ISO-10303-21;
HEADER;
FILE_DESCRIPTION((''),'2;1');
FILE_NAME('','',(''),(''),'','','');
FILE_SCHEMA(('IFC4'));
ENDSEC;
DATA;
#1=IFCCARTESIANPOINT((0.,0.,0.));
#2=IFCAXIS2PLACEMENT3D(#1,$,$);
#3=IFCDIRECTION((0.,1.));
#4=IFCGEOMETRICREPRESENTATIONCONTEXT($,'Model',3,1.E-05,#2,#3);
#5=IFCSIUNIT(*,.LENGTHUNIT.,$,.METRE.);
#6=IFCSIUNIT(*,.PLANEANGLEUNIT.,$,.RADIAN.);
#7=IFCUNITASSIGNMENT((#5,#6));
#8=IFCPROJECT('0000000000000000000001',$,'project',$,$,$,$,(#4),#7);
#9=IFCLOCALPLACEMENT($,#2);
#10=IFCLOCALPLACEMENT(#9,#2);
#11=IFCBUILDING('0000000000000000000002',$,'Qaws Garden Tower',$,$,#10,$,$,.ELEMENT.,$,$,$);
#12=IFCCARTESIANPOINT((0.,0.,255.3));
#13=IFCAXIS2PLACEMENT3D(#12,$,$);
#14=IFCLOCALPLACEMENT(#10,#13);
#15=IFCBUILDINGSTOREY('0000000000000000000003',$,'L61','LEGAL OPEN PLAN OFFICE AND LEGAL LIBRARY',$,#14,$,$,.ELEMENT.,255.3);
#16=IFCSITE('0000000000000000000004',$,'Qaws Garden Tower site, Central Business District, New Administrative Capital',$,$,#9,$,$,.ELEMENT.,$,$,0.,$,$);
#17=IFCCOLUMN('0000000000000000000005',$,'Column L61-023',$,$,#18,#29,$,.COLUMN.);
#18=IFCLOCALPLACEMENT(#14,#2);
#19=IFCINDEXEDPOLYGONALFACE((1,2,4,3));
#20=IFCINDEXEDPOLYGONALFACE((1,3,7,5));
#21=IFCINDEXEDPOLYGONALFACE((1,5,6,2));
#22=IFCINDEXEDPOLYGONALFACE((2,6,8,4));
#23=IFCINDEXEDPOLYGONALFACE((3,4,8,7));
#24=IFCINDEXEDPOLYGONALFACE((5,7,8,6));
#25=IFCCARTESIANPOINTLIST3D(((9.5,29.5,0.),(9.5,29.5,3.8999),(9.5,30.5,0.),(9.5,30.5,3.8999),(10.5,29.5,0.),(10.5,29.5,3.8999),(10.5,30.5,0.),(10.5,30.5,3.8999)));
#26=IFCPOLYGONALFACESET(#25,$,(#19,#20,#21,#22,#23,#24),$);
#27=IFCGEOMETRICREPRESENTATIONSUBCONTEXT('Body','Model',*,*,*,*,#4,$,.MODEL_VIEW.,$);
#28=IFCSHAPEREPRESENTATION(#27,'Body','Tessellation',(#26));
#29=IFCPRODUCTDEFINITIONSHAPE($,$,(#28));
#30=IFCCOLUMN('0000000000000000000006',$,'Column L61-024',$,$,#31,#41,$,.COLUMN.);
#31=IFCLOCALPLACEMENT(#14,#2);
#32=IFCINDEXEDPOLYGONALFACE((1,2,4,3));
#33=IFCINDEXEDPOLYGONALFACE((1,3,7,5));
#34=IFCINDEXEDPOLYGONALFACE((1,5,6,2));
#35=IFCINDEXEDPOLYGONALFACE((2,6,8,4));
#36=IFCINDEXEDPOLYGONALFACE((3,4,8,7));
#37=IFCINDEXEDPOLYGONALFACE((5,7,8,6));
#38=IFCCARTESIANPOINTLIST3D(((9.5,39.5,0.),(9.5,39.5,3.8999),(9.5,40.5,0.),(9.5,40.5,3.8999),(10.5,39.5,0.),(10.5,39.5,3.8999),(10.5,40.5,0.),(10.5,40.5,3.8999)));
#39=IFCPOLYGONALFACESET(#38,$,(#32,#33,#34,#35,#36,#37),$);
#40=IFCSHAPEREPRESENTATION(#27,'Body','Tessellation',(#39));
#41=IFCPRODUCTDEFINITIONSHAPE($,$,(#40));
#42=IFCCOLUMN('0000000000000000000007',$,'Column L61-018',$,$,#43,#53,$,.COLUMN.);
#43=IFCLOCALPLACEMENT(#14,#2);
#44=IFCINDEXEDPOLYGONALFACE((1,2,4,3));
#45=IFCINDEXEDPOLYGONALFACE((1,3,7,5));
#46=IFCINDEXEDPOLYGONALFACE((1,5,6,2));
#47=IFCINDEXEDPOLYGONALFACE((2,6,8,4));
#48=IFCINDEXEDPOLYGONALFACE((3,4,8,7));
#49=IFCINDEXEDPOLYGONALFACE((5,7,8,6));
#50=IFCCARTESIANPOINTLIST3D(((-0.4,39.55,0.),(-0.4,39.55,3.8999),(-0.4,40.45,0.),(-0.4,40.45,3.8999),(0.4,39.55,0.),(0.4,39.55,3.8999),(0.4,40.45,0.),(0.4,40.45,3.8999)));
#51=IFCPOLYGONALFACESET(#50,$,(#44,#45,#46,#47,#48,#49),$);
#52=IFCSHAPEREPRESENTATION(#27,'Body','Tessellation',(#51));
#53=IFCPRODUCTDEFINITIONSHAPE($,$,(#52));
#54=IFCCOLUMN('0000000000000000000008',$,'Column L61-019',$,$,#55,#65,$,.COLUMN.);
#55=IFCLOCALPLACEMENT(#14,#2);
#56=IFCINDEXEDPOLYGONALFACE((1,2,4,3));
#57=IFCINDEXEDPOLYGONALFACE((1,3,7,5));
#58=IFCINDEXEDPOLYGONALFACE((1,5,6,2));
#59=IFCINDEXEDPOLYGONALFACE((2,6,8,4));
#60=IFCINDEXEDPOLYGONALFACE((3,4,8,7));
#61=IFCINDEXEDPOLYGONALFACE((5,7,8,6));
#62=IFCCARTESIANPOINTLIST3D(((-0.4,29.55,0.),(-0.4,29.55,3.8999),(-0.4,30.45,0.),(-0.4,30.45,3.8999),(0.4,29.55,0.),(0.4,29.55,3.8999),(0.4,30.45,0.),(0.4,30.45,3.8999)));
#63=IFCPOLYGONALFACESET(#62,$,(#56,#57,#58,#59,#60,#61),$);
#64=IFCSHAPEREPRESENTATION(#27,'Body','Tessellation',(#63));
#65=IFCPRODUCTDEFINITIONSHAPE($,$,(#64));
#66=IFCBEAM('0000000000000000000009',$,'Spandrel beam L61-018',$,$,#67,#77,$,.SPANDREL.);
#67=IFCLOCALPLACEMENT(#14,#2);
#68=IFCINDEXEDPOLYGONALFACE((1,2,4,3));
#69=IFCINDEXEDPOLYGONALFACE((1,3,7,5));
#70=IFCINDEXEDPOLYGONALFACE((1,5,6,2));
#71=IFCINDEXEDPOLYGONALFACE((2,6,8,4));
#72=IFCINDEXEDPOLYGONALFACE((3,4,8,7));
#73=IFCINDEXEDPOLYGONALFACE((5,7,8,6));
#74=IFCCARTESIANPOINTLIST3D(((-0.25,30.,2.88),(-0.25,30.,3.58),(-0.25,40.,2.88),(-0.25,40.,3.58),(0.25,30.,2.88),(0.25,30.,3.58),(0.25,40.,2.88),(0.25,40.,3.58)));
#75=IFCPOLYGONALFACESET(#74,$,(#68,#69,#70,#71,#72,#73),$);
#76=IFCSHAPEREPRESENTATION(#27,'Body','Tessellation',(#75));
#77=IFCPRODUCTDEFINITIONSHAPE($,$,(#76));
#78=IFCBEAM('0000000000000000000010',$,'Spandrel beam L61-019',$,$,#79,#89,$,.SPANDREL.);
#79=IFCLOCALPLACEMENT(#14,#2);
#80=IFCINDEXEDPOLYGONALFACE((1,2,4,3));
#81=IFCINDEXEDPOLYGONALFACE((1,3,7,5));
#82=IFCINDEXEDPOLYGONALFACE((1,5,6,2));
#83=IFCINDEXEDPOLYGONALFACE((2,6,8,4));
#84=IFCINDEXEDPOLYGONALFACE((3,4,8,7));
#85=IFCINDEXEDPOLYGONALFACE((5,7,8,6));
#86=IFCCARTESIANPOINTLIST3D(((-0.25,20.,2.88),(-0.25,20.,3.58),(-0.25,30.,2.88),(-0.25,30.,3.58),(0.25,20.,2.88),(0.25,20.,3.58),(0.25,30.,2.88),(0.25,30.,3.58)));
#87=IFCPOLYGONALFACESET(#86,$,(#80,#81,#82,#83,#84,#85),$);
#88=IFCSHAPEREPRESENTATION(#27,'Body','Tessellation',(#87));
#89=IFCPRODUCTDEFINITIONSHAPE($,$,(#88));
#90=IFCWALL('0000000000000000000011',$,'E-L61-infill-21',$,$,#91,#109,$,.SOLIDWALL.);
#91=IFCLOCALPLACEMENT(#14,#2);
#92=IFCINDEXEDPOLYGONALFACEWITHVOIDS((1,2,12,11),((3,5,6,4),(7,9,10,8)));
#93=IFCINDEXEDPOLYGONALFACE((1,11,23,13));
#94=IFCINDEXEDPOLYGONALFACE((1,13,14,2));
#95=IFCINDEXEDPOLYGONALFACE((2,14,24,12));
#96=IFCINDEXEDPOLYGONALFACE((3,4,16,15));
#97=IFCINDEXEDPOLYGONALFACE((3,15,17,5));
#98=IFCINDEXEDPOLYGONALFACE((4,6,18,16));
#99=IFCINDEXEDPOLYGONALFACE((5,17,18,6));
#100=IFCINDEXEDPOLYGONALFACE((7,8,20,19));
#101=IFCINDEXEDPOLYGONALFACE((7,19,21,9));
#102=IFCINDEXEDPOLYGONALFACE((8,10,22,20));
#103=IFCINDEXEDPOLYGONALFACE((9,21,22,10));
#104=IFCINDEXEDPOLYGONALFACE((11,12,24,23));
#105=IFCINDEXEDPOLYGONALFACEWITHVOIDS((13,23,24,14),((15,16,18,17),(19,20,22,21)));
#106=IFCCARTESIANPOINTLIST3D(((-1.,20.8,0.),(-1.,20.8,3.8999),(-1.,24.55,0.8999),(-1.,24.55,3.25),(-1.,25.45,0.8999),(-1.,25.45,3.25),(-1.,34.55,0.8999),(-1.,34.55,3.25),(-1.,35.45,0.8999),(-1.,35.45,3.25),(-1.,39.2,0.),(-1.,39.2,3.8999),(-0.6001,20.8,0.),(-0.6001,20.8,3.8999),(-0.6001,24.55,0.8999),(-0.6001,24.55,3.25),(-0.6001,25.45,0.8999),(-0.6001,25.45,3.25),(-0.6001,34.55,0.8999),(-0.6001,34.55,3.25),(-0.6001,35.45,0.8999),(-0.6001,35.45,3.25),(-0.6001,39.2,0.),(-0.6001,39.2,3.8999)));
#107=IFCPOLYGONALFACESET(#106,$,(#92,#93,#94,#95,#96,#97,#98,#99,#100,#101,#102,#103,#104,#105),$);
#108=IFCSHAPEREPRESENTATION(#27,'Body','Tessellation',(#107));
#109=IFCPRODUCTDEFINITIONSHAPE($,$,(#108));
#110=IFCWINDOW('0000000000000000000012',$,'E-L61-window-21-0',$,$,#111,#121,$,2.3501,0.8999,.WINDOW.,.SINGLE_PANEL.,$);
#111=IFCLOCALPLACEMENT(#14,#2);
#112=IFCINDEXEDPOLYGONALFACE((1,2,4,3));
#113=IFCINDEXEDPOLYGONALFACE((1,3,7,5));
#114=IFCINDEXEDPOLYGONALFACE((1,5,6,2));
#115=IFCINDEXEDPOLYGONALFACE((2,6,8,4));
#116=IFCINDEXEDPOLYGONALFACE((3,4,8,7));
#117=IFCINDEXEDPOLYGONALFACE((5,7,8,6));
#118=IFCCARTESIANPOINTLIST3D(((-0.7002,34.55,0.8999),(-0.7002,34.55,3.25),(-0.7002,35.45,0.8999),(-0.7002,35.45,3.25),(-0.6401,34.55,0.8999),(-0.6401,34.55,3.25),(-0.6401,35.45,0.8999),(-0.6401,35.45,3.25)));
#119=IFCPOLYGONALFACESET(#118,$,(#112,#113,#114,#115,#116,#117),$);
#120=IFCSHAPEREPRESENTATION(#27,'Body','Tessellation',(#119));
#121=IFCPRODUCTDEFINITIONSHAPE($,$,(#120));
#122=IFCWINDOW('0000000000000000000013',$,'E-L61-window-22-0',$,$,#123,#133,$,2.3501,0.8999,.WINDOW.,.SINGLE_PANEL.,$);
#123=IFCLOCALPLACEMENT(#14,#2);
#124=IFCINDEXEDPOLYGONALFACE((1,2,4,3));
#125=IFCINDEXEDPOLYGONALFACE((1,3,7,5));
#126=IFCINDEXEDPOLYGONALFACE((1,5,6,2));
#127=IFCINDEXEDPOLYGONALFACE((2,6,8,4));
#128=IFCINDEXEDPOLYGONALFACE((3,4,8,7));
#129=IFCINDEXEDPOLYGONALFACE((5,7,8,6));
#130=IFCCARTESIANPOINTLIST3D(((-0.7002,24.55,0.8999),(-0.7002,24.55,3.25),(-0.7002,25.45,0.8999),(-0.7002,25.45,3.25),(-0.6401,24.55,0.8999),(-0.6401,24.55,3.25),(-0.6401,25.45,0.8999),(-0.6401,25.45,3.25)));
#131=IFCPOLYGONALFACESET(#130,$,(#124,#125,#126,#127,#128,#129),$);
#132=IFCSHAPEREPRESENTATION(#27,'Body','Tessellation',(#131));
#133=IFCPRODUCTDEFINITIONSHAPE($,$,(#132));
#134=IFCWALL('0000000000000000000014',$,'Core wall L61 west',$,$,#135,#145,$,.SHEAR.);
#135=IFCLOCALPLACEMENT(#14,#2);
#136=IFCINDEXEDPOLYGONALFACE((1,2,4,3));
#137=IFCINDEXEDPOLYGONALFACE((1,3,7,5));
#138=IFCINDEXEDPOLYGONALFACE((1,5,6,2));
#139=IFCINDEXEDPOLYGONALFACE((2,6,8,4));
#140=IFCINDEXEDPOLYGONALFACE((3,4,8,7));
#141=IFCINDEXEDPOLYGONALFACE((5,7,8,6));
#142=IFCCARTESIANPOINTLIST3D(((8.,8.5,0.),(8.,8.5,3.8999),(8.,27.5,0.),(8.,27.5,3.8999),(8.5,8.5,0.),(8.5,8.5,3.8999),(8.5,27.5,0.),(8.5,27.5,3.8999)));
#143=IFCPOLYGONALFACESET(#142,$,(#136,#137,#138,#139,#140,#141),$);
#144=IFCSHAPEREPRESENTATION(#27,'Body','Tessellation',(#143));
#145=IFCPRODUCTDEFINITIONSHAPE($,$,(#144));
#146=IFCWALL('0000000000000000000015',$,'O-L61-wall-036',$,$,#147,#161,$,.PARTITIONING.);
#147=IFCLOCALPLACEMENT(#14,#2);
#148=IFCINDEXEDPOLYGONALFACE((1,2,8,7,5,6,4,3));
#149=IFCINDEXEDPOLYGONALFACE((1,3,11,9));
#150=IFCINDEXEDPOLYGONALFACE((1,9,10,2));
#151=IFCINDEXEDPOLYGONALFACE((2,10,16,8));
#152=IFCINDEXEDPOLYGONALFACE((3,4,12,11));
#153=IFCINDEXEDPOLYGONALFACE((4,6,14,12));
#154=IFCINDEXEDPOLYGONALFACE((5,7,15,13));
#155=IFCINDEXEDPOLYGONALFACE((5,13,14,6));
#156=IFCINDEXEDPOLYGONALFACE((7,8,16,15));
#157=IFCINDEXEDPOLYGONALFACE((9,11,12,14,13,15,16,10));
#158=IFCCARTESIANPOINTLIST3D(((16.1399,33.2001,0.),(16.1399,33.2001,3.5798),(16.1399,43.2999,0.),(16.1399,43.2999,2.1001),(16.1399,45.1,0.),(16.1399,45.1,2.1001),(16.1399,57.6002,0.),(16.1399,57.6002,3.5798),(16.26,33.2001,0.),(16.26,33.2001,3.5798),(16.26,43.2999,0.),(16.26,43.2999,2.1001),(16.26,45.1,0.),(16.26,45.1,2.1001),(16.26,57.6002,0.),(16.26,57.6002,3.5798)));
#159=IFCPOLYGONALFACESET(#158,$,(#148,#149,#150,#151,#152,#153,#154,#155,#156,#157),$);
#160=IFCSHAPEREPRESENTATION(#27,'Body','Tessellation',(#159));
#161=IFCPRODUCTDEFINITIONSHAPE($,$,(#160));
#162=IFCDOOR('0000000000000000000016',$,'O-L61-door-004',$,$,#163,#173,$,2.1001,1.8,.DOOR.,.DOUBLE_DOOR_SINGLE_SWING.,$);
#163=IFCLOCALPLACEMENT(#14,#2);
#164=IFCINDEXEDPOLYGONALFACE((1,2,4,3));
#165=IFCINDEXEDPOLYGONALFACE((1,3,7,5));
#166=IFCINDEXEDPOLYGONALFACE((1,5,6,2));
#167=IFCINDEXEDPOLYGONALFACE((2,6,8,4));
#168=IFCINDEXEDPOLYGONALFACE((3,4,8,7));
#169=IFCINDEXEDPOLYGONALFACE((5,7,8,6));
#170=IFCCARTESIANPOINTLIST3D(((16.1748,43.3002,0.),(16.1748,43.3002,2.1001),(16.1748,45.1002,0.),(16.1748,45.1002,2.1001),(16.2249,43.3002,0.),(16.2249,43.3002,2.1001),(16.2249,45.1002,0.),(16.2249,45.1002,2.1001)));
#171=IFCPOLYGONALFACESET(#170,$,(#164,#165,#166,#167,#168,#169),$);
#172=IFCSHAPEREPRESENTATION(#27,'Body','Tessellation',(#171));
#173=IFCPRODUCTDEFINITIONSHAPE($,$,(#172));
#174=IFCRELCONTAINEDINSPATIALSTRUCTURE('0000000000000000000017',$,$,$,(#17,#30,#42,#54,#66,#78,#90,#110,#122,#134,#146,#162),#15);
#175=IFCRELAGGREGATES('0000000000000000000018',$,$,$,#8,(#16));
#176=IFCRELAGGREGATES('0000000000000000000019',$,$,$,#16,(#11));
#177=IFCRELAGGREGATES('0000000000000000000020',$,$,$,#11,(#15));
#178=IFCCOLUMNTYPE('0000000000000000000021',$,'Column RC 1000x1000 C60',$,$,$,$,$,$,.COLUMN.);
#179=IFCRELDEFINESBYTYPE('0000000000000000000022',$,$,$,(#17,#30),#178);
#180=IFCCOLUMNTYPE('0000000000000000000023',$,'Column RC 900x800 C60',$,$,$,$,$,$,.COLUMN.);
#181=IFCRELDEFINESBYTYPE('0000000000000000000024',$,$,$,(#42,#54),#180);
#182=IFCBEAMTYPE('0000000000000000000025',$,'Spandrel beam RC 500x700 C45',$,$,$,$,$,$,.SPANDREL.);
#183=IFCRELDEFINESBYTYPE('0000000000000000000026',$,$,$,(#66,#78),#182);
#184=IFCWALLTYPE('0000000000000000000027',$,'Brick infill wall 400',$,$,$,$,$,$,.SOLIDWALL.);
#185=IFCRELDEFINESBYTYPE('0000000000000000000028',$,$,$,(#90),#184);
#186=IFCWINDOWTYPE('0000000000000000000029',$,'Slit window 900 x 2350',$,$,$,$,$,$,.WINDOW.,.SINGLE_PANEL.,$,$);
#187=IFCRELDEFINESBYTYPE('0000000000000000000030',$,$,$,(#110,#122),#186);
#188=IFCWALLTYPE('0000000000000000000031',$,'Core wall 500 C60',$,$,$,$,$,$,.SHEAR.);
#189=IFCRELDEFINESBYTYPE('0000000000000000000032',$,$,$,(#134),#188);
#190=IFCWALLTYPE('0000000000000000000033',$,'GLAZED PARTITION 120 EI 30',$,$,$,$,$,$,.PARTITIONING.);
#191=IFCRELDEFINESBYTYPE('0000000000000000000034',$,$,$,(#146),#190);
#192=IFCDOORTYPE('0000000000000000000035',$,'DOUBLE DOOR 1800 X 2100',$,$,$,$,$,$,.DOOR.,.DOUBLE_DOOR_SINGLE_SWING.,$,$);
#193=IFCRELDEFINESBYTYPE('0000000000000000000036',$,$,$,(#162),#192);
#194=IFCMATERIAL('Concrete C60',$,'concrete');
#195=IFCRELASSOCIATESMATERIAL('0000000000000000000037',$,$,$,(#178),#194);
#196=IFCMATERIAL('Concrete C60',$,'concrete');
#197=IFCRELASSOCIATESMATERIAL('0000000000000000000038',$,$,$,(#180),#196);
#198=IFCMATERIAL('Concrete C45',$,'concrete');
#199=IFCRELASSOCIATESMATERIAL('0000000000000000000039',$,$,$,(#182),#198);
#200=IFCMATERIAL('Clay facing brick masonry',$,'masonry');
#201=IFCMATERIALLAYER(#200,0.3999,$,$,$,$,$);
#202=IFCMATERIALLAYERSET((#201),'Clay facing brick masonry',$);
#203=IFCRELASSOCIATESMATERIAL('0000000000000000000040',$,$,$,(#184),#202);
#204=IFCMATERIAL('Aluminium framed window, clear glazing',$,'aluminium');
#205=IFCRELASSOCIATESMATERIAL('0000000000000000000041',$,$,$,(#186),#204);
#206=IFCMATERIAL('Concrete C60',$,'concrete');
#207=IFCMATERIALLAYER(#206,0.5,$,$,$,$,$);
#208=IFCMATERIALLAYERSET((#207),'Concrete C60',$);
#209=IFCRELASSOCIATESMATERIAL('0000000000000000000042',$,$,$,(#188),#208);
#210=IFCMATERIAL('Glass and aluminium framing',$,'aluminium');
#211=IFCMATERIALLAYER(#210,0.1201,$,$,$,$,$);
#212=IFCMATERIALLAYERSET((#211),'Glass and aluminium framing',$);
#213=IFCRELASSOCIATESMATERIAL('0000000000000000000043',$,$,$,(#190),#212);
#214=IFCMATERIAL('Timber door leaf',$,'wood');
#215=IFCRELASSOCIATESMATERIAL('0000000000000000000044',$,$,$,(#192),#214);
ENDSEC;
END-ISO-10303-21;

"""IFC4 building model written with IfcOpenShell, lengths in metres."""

from ifc_helpers import new_model, si_unit, direction, frame, frame_2d, origin, origin_2d, place, context, subcontext, project, spatial, rectangle, extrude, material, layer, layer_set, material_profile, profile_set, type_object, element, fill, save


model = new_model("IFC4")

# Units and contexts
model_context = context("Model", 3, precision=1e-05, world=origin(), true_north=direction((0.0, 1.0)))
body_context = subcontext(model_context, "Body", "Model", "MODEL_VIEW")
ifc_project = project(units=[si_unit("LENGTHUNIT", "METRE"), si_unit("PLANEANGLEUNIT", "RADIAN")], contexts=[model_context])

# Site, building, storey
site_placement = place(None, origin())
site = spatial("IfcSite", under=ifc_project, at=site_placement, Name="Qaws Garden Tower site, Central Business District, New Administrative Capital", CompositionType="ELEMENT", RefElevation=0.0)
building_placement = place(site_placement, origin())
building = spatial("IfcBuilding", under=site, at=building_placement, Name="Qaws Garden Tower", CompositionType="ELEMENT")
storey_placement = place(building_placement, frame((0.0, 0.0, 255.3)))
storey = spatial("IfcBuildingStorey", under=building, at=storey_placement, Name="L61", Description="LEGAL OPEN PLAN OFFICE AND LEGAL LIBRARY", CompositionType="ELEMENT", Elevation=255.3)

# Columns
ifc_material_1 = material(Name="Concrete C60", Category="concrete")
ifc_material_profile_1 = material_profile(ifc_material_1, rectangle(XDim=1.0, YDim=1.0, at=origin_2d()), Name="RC 1000x1000")
ifc_profile_set_1 = profile_set([ifc_material_profile_1], Name="Concrete C60")
column_type_1 = type_object("IfcColumnType", Name="Column RC 1000x1000 C60", PredefinedType="COLUMN", material=ifc_profile_set_1)
for number, where, z_axis, x_axis, name in (
    (1, (10.0, 30.0, 0.0), (0.0, 0.0, 1.0), (1.0, 0.0, 0.0), "Column L61-023"),
    (2, (10.0, 40.0, 0.0), (0.0, 0.0, 1.0), (1.0, 0.0, 0.0), "Column L61-024"),
):
    element("IfcColumn", number, at=place(storey_placement, frame(where, z_axis=z_axis, x_axis=x_axis)), inside=storey, type_object=column_type_1, Name=name, PredefinedType="COLUMN", context=body_context, shape_type="SweptSolid", body=[
        extrude(rectangle(XDim=1.0, YDim=1.0, at=origin_2d()), origin(), (0.0, 0.0, 1.0), 3.8999),
    ])
ifc_material_2 = material(Name="Concrete C60", Category="concrete")
ifc_material_profile_2 = material_profile(ifc_material_2, rectangle(XDim=0.8999, YDim=0.8, at=origin_2d()), Name="RC 900x800")
ifc_profile_set_2 = profile_set([ifc_material_profile_2], Name="Concrete C60")
column_type_2 = type_object("IfcColumnType", Name="Column RC 900x800 C60", PredefinedType="COLUMN", material=ifc_profile_set_2)
for number, where, z_axis, x_axis, name in (
    (3, (0.0, 40.0, 0.0), (0.0, 0.0, 1.0), (0.0, 1.0, 0.0), "Column L61-018"),
    (4, (0.0, 30.0, 0.0), (0.0, 0.0, 1.0), (0.0, 1.0, 0.0), "Column L61-019"),
):
    element("IfcColumn", number, at=place(storey_placement, frame(where, z_axis=z_axis, x_axis=x_axis)), inside=storey, type_object=column_type_2, Name=name, PredefinedType="COLUMN", context=body_context, shape_type="SweptSolid", body=[
        extrude(rectangle(XDim=0.8999, YDim=0.8, at=origin_2d()), origin(), (0.0, 0.0, 1.0), 3.8999),
    ])

# Beams
ifc_material_3 = material(Name="Concrete C45", Category="concrete")
ifc_material_profile_3 = material_profile(ifc_material_3, rectangle(XDim=0.5, YDim=0.7, at=origin_2d()), Name="RC 500x700")
ifc_profile_set_3 = profile_set([ifc_material_profile_3], Name="Concrete C45")
beam_type = type_object("IfcBeamType", Name="Spandrel beam RC 500x700 C45", PredefinedType="SPANDREL", material=ifc_profile_set_3)
for number, where, z_axis, x_axis, name in (
    (5, (0.0, 40.0, 3.23), (0.0, -1.0, 0.0), (1.0, 0.0, 0.0), "Spandrel beam L61-018"),
    (6, (0.0, 30.0, 3.23), (0.0, -1.0, 0.0), (1.0, 0.0, 0.0), "Spandrel beam L61-019"),
):
    element("IfcBeam", number, at=place(storey_placement, frame(where, z_axis=z_axis, x_axis=x_axis)), inside=storey, type_object=beam_type, Name=name, PredefinedType="SPANDREL", context=body_context, shape_type="SweptSolid", body=[
        extrude(rectangle(XDim=0.5, YDim=0.7, at=origin_2d()), origin(), (0.0, 0.0, 1.0), 10.0),
    ])

# Wall, openings, windows
ifc_material_4 = material(Name="Clay facing brick masonry", Category="masonry")
ifc_layer_1 = layer(ifc_material_4, 0.3999)
ifc_layer_set_1 = layer_set([ifc_layer_1], Name="Clay facing brick masonry")
wall_type_1 = type_object("IfcWallType", Name="Brick infill wall 400", PredefinedType="SOLIDWALL", material=ifc_layer_set_1)
wall_1_placement = place(storey_placement, frame((-0.8, 39.2, 0.0), z_axis=(0.0, 0.0, 1.0), x_axis=(0.0, -1.0, 0.0)))
wall_1 = element("IfcWall", 7, at=wall_1_placement, inside=storey, type_object=wall_type_1, Name="E-L61-infill-21", PredefinedType="SOLIDWALL", context=body_context, shape_type="SweptSolid", body=[
    extrude(rectangle(XDim=18.3999, YDim=0.3999, at=frame_2d((9.2, 0.0))), origin(), (0.0, 0.0, 1.0), 3.8999),
])
opening_1_placement = place(wall_1_placement, frame((3.75, 0.0, 0.8999)))
opening_1 = element("IfcOpeningElement", 8, at=opening_1_placement, cuts=wall_1, PredefinedType="OPENING", context=body_context, shape_type="SweptSolid", body=[
    extrude(rectangle(XDim=0.8999, YDim=2.3501, at=frame_2d((0.45, 1.175))), frame((0.0, 0.21, 0.0), z_axis=(0.0, -1.0, 0.0), x_axis=(1.0, 0.0, 0.0)), (0.0, 0.0, 1.0), 0.4199),
])
opening_2_placement = place(wall_1_placement, frame((13.75, 0.0, 0.8999)))
opening_2 = element("IfcOpeningElement", 9, at=opening_2_placement, cuts=wall_1, PredefinedType="OPENING", context=body_context, shape_type="SweptSolid", body=[
    extrude(rectangle(XDim=0.8999, YDim=2.3501, at=frame_2d((0.45, 1.175))), frame((0.0, 0.21, 0.0), z_axis=(0.0, -1.0, 0.0), x_axis=(1.0, 0.0, 0.0)), (0.0, 0.0, 1.0), 0.4199),
])
ifc_material_5 = material(Name="Aluminium framed window, clear glazing", Category="aluminium")
window_type = type_object("IfcWindowType", Name="Slit window 900 x 2350", PartitioningType="SINGLE_PANEL", PredefinedType="WINDOW", material=ifc_material_5)
window_1_placement = place(opening_1_placement, origin())
window_1 = element("IfcWindow", 10, at=window_1_placement, inside=storey, type_object=window_type, Name="E-L61-window-21-0", OverallHeight=2.3501, OverallWidth=0.8999, PartitioningType="SINGLE_PANEL", PredefinedType="WINDOW", context=body_context, shape_type="SweptSolid", body=[
    extrude(rectangle(XDim=0.8999, YDim=2.3501, at=frame_2d((0.45, 1.175))), frame((0.0, 0.1599, 0.0), z_axis=(0.0, -1.0, 0.0), x_axis=(1.0, 0.0, 0.0)), (0.0, 0.0, 1.0), 0.0601),
])
fill(opening_1, window_1)
window_2_placement = place(opening_2_placement, origin())
window_2 = element("IfcWindow", 11, at=window_2_placement, inside=storey, type_object=window_type, Name="E-L61-window-22-0", OverallHeight=2.3501, OverallWidth=0.8999, PartitioningType="SINGLE_PANEL", PredefinedType="WINDOW", context=body_context, shape_type="SweptSolid", body=[
    extrude(rectangle(XDim=0.8999, YDim=2.3501, at=frame_2d((0.45, 1.175))), frame((0.0, 0.1599, 0.0), z_axis=(0.0, -1.0, 0.0), x_axis=(1.0, 0.0, 0.0)), (0.0, 0.0, 1.0), 0.0601),
])
fill(opening_2, window_2)

# Wall
ifc_material_6 = material(Name="Concrete C60", Category="concrete")
ifc_layer_2 = layer(ifc_material_6, 0.5)
ifc_layer_set_2 = layer_set([ifc_layer_2], Name="Concrete C60")
wall_type_2 = type_object("IfcWallType", Name="Core wall 500 C60", PredefinedType="SHEAR", material=ifc_layer_set_2)
wall_2_placement = place(storey_placement, frame((8.25, 27.5, 0.0), z_axis=(0.0, 0.0, 1.0), x_axis=(0.0, -1.0, 0.0)))
element("IfcWall", 12, at=wall_2_placement, inside=storey, type_object=wall_type_2, Name="Core wall L61 west", PredefinedType="SHEAR", context=body_context, shape_type="SweptSolid", body=[
    extrude(rectangle(XDim=19.0, YDim=0.5, at=frame_2d((9.5, 0.0))), origin(), (0.0, 0.0, 1.0), 3.8999),
])

# Wall, opening, door
ifc_material_7 = material(Name="Glass and aluminium framing", Category="aluminium")
ifc_layer_3 = layer(ifc_material_7, 0.1201)
ifc_layer_set_3 = layer_set([ifc_layer_3], Name="Glass and aluminium framing")
wall_type_3 = type_object("IfcWallType", Name="GLAZED PARTITION 120 EI 30", PredefinedType="PARTITIONING", material=ifc_layer_set_3)
wall_3_placement = place(storey_placement, frame((16.2, 33.2, 0.0), z_axis=(0.0, 0.0, 1.0), x_axis=(0.0, 1.0, 0.0)))
wall_3 = element("IfcWall", 13, at=wall_3_placement, inside=storey, type_object=wall_type_3, Name="O-L61-wall-036", PredefinedType="PARTITIONING", context=body_context, shape_type="SweptSolid", body=[
    extrude(rectangle(XDim=24.4001, YDim=0.1201, at=frame_2d((12.2002, 0.0))), origin(), (0.0, 0.0, 1.0), 3.5798),
])
opening_3_placement = place(wall_3_placement, frame((10.1001, 0.0, 0.0)))
opening_3 = element("IfcOpeningElement", 14, at=opening_3_placement, cuts=wall_3, PredefinedType="OPENING", context=body_context, shape_type="SweptSolid", body=[
    extrude(rectangle(XDim=1.8, YDim=2.1001, at=frame_2d((0.8999, 1.05))), frame((0.0, 0.0701, 0.0), z_axis=(0.0, -1.0, 0.0), x_axis=(1.0, 0.0, 0.0)), (0.0, 0.0, 1.0), 0.1401),
])
ifc_material_8 = material(Name="Timber door leaf", Category="wood")
door_type_1 = type_object("IfcDoorType", Name="DOUBLE DOOR 1800 X 2100", OperationType="DOUBLE_DOOR_SINGLE_SWING", PredefinedType="DOOR", material=ifc_material_8)
door_1_placement = place(opening_3_placement, frame((1.8, 0.0, 0.0), z_axis=(0.0, 0.0, 1.0), x_axis=(-1.0, 0.0, 0.0)))
door_1 = element("IfcDoor", 15, at=door_1_placement, inside=storey, type_object=door_type_1, Name="O-L61-door-004", OperationType="DOUBLE_DOOR_SINGLE_SWING", OverallHeight=2.1001, OverallWidth=1.8, PredefinedType="DOOR", context=body_context, shape_type="SweptSolid", body=[
    extrude(rectangle(XDim=1.8, YDim=2.1001, at=frame_2d((0.8999, 1.05))), frame((0.0, 0.0249, 0.0), z_axis=(0.0, -1.0, 0.0), x_axis=(1.0, 0.0, 0.0)), (0.0, 0.0, 1.0), 0.05),
])
fill(opening_3, door_1)

save(model, "model.ifc")
